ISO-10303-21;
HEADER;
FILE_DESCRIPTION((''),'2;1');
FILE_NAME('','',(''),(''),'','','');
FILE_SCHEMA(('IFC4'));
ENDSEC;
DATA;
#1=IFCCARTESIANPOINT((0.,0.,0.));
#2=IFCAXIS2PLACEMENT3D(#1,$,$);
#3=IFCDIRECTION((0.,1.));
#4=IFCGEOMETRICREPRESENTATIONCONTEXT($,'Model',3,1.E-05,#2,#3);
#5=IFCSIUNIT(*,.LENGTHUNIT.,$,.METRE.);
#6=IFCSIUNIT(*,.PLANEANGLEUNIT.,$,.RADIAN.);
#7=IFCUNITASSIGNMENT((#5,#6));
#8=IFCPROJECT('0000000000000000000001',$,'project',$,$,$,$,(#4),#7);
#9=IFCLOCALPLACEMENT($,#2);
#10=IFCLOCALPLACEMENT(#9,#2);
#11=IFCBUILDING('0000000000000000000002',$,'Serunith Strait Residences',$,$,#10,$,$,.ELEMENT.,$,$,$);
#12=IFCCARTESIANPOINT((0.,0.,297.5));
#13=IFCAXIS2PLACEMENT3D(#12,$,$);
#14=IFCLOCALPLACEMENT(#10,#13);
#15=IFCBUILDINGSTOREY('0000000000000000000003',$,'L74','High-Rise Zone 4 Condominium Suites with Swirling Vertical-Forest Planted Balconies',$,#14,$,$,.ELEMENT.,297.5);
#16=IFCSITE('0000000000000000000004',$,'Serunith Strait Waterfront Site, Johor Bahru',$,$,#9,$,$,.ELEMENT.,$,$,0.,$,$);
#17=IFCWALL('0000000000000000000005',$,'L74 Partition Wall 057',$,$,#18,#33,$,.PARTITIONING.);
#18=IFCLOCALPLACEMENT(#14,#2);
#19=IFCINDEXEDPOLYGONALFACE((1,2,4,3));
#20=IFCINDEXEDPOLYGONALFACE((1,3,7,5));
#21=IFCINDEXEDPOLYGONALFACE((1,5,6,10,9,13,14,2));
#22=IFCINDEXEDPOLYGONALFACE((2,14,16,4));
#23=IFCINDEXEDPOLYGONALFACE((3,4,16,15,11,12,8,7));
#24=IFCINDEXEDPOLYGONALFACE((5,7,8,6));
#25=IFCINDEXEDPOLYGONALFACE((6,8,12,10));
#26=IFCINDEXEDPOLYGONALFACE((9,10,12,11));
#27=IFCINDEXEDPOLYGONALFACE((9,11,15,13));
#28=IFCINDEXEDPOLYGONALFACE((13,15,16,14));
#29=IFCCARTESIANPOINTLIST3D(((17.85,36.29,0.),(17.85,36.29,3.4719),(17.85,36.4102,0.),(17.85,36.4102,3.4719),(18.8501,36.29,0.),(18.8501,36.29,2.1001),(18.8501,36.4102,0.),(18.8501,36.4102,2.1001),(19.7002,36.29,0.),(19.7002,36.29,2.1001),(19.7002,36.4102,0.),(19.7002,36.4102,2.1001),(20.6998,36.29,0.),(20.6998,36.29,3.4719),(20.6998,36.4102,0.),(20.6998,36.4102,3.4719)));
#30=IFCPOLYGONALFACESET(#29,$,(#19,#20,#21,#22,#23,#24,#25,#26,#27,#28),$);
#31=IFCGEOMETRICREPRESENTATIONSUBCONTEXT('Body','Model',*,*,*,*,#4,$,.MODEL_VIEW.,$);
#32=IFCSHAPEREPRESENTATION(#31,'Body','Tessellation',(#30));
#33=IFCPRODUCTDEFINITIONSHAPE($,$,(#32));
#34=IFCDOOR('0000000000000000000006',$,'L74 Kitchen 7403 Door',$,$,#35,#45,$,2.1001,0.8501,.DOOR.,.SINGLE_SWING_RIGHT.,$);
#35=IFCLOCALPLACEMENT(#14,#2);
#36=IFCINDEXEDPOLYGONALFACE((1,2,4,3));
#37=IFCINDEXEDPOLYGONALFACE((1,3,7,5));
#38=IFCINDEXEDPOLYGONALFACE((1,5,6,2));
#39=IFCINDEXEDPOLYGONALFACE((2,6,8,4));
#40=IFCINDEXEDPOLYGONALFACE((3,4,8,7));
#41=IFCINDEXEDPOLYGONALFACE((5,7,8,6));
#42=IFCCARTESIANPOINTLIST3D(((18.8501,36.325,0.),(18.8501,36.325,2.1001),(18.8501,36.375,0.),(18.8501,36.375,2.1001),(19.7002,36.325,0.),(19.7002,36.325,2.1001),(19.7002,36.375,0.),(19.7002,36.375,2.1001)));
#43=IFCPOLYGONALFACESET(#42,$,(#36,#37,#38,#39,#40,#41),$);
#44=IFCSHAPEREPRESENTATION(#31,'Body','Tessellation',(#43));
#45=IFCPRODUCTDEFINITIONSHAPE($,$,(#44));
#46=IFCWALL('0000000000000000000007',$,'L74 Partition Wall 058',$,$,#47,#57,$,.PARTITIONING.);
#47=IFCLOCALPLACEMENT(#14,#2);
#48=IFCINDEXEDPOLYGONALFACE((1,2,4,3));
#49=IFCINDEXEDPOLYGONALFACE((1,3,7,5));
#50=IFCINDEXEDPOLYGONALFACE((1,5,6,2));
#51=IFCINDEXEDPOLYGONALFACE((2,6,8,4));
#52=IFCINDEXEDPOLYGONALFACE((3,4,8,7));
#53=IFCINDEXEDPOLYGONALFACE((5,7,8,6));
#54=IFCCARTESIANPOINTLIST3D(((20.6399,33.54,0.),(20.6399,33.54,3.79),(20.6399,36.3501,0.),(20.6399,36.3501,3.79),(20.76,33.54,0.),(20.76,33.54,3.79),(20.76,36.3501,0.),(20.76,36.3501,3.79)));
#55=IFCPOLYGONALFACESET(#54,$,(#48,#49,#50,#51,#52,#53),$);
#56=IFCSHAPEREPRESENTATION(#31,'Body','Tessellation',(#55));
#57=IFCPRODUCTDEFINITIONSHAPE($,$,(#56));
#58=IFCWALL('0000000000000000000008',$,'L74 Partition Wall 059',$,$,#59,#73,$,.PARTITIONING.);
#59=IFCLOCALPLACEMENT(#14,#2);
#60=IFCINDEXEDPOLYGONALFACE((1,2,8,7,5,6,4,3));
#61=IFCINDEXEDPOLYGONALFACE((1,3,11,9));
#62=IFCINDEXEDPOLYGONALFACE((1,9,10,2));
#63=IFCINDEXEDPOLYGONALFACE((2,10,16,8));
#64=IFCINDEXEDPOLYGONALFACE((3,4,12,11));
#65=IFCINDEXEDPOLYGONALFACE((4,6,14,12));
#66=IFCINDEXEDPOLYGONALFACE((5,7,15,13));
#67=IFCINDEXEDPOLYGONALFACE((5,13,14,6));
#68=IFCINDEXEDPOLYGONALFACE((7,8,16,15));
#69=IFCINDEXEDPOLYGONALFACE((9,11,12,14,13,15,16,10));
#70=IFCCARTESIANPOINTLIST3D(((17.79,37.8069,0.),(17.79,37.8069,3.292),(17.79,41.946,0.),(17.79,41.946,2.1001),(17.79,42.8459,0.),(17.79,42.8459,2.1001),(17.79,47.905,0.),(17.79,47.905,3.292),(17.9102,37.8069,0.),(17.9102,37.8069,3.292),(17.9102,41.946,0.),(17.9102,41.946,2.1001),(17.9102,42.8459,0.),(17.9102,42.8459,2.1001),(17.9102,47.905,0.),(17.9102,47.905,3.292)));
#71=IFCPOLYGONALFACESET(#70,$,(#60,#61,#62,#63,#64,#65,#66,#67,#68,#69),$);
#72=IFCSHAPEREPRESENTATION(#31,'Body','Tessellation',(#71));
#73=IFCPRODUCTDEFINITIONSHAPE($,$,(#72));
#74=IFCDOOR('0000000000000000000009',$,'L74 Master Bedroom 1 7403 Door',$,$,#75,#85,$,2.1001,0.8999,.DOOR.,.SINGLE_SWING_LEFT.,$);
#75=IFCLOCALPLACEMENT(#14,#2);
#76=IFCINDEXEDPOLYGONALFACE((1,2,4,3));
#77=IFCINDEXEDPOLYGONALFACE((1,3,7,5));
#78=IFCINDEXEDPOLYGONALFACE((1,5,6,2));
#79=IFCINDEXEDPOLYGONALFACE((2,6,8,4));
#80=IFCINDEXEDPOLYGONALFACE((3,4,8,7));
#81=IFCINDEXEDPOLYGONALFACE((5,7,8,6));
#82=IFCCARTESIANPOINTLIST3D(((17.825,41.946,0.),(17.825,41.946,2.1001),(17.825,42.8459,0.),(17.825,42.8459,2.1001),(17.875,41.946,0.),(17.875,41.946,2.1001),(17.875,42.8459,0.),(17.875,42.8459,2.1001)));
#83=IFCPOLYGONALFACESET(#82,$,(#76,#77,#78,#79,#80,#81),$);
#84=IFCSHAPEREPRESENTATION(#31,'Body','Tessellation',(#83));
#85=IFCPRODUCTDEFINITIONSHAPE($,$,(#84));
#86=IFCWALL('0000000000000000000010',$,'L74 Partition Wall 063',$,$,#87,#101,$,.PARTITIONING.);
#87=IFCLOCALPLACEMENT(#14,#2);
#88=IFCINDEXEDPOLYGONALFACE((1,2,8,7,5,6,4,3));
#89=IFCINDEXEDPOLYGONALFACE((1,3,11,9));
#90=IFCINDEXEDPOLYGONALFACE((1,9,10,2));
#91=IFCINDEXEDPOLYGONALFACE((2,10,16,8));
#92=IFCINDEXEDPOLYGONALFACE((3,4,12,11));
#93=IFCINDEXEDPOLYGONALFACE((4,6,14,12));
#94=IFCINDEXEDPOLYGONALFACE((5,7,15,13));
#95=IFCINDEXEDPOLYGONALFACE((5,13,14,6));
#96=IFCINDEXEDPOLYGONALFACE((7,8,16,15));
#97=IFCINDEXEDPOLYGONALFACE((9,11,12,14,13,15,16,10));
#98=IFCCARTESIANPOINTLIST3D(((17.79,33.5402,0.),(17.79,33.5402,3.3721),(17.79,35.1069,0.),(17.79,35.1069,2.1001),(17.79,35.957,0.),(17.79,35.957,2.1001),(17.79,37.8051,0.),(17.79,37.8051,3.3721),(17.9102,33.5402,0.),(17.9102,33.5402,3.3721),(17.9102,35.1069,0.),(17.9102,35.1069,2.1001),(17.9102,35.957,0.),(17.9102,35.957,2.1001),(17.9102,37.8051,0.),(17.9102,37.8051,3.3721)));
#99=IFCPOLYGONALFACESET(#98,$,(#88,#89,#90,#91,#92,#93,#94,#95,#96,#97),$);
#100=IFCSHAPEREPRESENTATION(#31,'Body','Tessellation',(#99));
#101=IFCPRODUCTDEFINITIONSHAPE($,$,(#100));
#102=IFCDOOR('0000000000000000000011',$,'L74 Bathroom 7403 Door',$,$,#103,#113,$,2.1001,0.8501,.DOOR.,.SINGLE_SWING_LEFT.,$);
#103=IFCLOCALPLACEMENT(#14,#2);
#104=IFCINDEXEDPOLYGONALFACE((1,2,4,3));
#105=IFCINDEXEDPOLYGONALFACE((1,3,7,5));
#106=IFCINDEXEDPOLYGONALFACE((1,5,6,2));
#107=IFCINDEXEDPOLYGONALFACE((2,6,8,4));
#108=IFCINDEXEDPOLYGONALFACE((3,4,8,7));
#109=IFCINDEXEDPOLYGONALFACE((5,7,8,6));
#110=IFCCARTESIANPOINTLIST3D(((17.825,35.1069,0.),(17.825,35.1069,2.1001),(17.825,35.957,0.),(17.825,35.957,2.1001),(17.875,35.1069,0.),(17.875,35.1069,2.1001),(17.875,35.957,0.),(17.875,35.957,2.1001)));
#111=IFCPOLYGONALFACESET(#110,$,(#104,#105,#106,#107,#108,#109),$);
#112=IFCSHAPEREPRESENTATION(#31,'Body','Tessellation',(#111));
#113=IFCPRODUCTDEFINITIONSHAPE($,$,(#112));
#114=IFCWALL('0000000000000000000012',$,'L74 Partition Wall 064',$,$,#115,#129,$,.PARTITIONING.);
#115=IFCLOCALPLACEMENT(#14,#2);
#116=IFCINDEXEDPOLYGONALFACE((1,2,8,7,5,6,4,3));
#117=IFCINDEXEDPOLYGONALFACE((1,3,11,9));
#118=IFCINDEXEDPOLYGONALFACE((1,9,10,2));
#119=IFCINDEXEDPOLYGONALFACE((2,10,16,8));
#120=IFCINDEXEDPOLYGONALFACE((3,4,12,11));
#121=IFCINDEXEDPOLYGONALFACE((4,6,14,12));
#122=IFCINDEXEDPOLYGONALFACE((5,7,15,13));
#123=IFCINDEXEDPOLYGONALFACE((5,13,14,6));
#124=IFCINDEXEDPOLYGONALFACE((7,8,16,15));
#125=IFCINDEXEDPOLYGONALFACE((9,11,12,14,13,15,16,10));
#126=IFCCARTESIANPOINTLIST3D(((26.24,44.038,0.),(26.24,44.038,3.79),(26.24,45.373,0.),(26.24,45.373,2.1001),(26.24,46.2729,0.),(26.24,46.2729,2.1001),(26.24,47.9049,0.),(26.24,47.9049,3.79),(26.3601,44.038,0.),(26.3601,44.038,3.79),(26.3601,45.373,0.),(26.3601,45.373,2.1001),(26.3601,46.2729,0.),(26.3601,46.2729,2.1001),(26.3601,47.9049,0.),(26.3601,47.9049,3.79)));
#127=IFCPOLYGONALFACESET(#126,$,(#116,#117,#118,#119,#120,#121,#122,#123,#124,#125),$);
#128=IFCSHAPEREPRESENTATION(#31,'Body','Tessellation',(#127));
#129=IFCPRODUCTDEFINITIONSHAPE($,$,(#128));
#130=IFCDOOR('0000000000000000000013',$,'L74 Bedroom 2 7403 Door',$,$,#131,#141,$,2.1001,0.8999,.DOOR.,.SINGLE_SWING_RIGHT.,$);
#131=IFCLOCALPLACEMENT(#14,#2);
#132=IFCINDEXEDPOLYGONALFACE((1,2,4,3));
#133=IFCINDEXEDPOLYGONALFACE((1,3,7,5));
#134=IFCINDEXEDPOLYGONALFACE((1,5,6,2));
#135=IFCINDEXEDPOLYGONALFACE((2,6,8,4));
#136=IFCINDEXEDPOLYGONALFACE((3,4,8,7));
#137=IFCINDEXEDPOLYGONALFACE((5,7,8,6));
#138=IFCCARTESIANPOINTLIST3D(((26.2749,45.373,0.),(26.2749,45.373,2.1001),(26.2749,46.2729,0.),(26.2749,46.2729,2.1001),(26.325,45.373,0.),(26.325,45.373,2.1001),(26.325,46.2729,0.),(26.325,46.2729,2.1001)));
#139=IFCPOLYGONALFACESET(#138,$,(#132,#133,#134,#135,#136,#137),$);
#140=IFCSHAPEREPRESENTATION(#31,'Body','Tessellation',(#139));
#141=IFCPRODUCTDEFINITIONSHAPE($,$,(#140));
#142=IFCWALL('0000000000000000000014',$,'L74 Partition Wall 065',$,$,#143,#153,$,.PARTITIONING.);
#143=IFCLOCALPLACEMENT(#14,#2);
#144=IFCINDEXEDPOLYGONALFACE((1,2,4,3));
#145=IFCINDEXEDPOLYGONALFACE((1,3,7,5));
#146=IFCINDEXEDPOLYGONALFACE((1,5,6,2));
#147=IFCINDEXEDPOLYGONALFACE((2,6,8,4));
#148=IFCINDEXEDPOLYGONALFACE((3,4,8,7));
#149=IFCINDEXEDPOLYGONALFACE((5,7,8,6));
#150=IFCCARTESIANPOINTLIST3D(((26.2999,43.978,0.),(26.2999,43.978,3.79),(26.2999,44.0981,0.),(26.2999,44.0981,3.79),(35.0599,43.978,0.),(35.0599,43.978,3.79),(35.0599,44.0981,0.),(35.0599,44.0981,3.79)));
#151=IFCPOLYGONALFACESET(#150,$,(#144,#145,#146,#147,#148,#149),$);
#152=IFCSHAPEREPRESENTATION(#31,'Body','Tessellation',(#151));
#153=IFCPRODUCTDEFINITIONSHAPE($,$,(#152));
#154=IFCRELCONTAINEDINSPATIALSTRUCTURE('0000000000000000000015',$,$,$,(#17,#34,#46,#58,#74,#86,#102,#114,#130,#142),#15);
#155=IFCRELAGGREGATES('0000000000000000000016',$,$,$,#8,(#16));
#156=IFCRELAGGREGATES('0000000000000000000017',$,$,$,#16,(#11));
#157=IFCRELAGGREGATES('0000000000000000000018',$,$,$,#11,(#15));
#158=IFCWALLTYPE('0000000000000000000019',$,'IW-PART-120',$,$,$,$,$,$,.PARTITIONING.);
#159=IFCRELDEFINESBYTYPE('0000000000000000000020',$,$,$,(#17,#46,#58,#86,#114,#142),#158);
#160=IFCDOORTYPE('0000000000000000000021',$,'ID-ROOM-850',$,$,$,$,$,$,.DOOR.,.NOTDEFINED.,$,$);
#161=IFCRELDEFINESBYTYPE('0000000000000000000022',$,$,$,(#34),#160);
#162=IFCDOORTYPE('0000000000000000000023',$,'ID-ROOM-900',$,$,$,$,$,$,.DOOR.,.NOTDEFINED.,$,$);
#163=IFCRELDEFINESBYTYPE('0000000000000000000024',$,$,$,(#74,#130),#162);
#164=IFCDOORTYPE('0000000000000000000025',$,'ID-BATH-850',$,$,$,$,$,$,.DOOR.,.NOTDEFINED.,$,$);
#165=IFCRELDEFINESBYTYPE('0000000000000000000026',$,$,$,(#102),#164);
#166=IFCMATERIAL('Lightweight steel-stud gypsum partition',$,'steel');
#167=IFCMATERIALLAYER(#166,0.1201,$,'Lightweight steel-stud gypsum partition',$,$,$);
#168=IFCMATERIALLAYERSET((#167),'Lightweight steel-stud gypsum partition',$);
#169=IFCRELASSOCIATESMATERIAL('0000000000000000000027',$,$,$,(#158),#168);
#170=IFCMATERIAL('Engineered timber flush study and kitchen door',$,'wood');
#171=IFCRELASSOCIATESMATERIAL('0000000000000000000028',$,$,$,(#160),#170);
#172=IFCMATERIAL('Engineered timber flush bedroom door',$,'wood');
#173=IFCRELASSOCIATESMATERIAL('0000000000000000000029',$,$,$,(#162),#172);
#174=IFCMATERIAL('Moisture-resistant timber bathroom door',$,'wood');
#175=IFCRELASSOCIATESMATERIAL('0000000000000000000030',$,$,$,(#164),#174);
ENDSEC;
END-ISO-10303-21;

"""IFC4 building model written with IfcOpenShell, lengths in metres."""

from ifc_helpers import new_model, si_unit, direction, frame, frame_2d, origin, place, context, subcontext, project, spatial, rectangle, extrude, source, transform, mapped, material, layer, layer_set, type_object, element, fill, save


model = new_model("IFC4")

# Units and contexts
model_context = context("Model", 3, precision=1e-05, world=origin(), true_north=direction((0.0, 1.0)))
body_context = subcontext(model_context, "Body", "Model", "MODEL_VIEW")
ifc_project = project(units=[si_unit("LENGTHUNIT", "METRE"), si_unit("PLANEANGLEUNIT", "RADIAN")], contexts=[model_context])

# Site, building, storey
site_placement = place(None, origin())
site = spatial("IfcSite", under=ifc_project, at=site_placement, Name="Serunith Strait Waterfront Site, Johor Bahru", CompositionType="ELEMENT", RefElevation=0.0)
building_placement = place(site_placement, origin())
building = spatial("IfcBuilding", under=site, at=building_placement, Name="Serunith Strait Residences", CompositionType="ELEMENT")
storey_placement = place(building_placement, frame((0.0, 0.0, 297.5)))
storey = spatial("IfcBuildingStorey", under=building, at=storey_placement, Name="L74", Description="High-Rise Zone 4 Condominium Suites with Swirling Vertical-Forest Planted Balconies", CompositionType="ELEMENT", Elevation=297.5)

# Wall, opening, door
ifc_material_1 = material(Name="Lightweight steel-stud gypsum partition", Category="steel")
ifc_layer_1 = layer(ifc_material_1, 0.1201, Name="Lightweight steel-stud gypsum partition")
ifc_layer_set_1 = layer_set([ifc_layer_1], Name="Lightweight steel-stud gypsum partition")
wall_type = type_object("IfcWallType", Name="IW-PART-120", PredefinedType="PARTITIONING", material=ifc_layer_set_1)
wall_1_placement = place(storey_placement, frame((17.8501, 36.3501, 0.0), z_axis=(0.0, 0.0, 1.0), x_axis=(1.0, 0.0, 0.0)))
wall_1 = element("IfcWall", 1, at=wall_1_placement, inside=storey, type_object=wall_type, Name="L74 Partition Wall 057", PredefinedType="PARTITIONING", context=body_context, shape_type="SweptSolid", body=[
    extrude(rectangle(XDim=2.8499, YDim=0.1201, at=frame_2d((1.4248, 0.0))), origin(), (0.0, 0.0, 1.0), 3.4719),
])
opening_1_placement = place(wall_1_placement, frame((1.0, 0.0, 0.0)))
opening_1 = element("IfcOpeningElement", 2, at=opening_1_placement, cuts=wall_1, PredefinedType="OPENING", context=body_context, shape_type="SweptSolid", body=[
    extrude(rectangle(XDim=0.8501, YDim=2.1001, at=frame_2d((0.425, 1.05))), frame((0.0, 0.0701, 0.0), z_axis=(0.0, -1.0, 0.0), x_axis=(1.0, 0.0, 0.0)), (0.0, 0.0, 1.0), 0.1401),
])
ifc_material_2 = material(Name="Engineered timber flush study and kitchen door", Category="wood")
door_type_1 = type_object("IfcDoorType", Name="ID-ROOM-850", OperationType="NOTDEFINED", PredefinedType="DOOR", material=ifc_material_2)
shared_shape_1 = source(origin(), body_context, "Body", "SweptSolid", [
    extrude(rectangle(XDim=0.8501, YDim=2.1001, at=frame_2d((0.425, 1.05))), frame((0.0, 0.0249, 0.0), z_axis=(0.0, -1.0, 0.0), x_axis=(1.0, 0.0, 0.0)), (0.0, 0.0, 1.0), 0.05),
])
door_1_placement = place(opening_1_placement, origin())
door_1 = element("IfcDoor", 3, at=door_1_placement, inside=storey, type_object=door_type_1, Name="L74 Kitchen 7403 Door", OperationType="SINGLE_SWING_RIGHT", OverallHeight=2.1001, OverallWidth=0.8501, PredefinedType="DOOR", context=body_context, shape_type="MappedRepresentation", body=[
    mapped(shared_shape_1, transform((0.0, 0.0, 0.0), scale=1.0)),
])
fill(opening_1, door_1)

# Wall
wall_2_placement = place(storey_placement, frame((20.7, 36.3501, 0.0), z_axis=(0.0, 0.0, 1.0), x_axis=(0.0, -1.0, 0.0)))
element("IfcWall", 4, at=wall_2_placement, inside=storey, type_object=wall_type, Name="L74 Partition Wall 058", PredefinedType="PARTITIONING", context=body_context, shape_type="SweptSolid", body=[
    extrude(rectangle(XDim=2.8101, YDim=0.1201, at=frame_2d((1.405, 0.0))), origin(), (0.0, 0.0, 1.0), 3.79),
])

# Walls, openings, doors
wall_3_placement = place(storey_placement, frame((17.8501, 47.905, 0.0), z_axis=(0.0, 0.0, 1.0), x_axis=(0.0, -1.0, 0.0)))
wall_3 = element("IfcWall", 5, at=wall_3_placement, inside=storey, type_object=wall_type, Name="L74 Partition Wall 059", PredefinedType="PARTITIONING", context=body_context, shape_type="SweptSolid", body=[
    extrude(rectangle(XDim=10.0981, YDim=0.1201, at=frame_2d((5.0491, 0.0))), origin(), (0.0, 0.0, 1.0), 3.292),
])
opening_2_placement = place(wall_3_placement, frame((5.0591, 0.0, 0.0)))
opening_2 = element("IfcOpeningElement", 6, at=opening_2_placement, cuts=wall_3, PredefinedType="OPENING", context=body_context, shape_type="SweptSolid", body=[
    extrude(rectangle(XDim=0.8999, YDim=2.1001, at=frame_2d((0.45, 1.05))), frame((0.0, 0.0701, 0.0), z_axis=(0.0, -1.0, 0.0), x_axis=(1.0, 0.0, 0.0)), (0.0, 0.0, 1.0), 0.1401),
])
ifc_material_3 = material(Name="Engineered timber flush bedroom door", Category="wood")
door_type_2 = type_object("IfcDoorType", Name="ID-ROOM-900", OperationType="NOTDEFINED", PredefinedType="DOOR", material=ifc_material_3)
shared_shape_2 = source(origin(), body_context, "Body", "SweptSolid", [
    extrude(rectangle(XDim=0.8999, YDim=2.1001, at=frame_2d((0.45, 1.05))), frame((0.0, 0.0249, 0.0), z_axis=(0.0, -1.0, 0.0), x_axis=(1.0, 0.0, 0.0)), (0.0, 0.0, 1.0), 0.05),
])
door_2_placement = place(opening_2_placement, origin())
door_2 = element("IfcDoor", 7, at=door_2_placement, inside=storey, type_object=door_type_2, Name="L74 Master Bedroom 1 7403 Door", OperationType="SINGLE_SWING_LEFT", OverallHeight=2.1001, OverallWidth=0.8999, PredefinedType="DOOR", context=body_context, shape_type="MappedRepresentation", body=[
    mapped(shared_shape_2, transform((0.0, 0.0, 0.0), scale=1.0)),
])
fill(opening_2, door_2)
wall_4_placement = place(storey_placement, frame((17.8501, 37.8049, 0.0), z_axis=(0.0, 0.0, 1.0), x_axis=(0.0, -1.0, 0.0)))
wall_4 = element("IfcWall", 8, at=wall_4_placement, inside=storey, type_object=wall_type, Name="L74 Partition Wall 063", PredefinedType="PARTITIONING", context=body_context, shape_type="SweptSolid", body=[
    extrude(rectangle(XDim=4.2649, YDim=0.1201, at=frame_2d((2.1323, 0.0))), origin(), (0.0, 0.0, 1.0), 3.3721),
])
opening_3_placement = place(wall_4_placement, frame((1.8479, 0.0, 0.0)))
opening_3 = element("IfcOpeningElement", 9, at=opening_3_placement, cuts=wall_4, PredefinedType="OPENING", context=body_context, shape_type="SweptSolid", body=[
    extrude(rectangle(XDim=0.8501, YDim=2.1001, at=frame_2d((0.425, 1.05))), frame((0.0, 0.0701, 0.0), z_axis=(0.0, -1.0, 0.0), x_axis=(1.0, 0.0, 0.0)), (0.0, 0.0, 1.0), 0.1401),
])
ifc_material_4 = material(Name="Moisture-resistant timber bathroom door", Category="wood")
door_type_3 = type_object("IfcDoorType", Name="ID-BATH-850", OperationType="NOTDEFINED", PredefinedType="DOOR", material=ifc_material_4)
door_3_placement = place(opening_3_placement, origin())
door_3 = element("IfcDoor", 10, at=door_3_placement, inside=storey, type_object=door_type_3, Name="L74 Bathroom 7403 Door", OperationType="SINGLE_SWING_LEFT", OverallHeight=2.1001, OverallWidth=0.8501, PredefinedType="DOOR", context=body_context, shape_type="MappedRepresentation", body=[
    mapped(shared_shape_1, transform((0.0, 0.0, 0.0), scale=1.0)),
])
fill(opening_3, door_3)
wall_5_placement = place(storey_placement, frame((26.3, 47.905, 0.0), z_axis=(0.0, 0.0, 1.0), x_axis=(0.0, -1.0, 0.0)))
wall_5 = element("IfcWall", 11, at=wall_5_placement, inside=storey, type_object=wall_type, Name="L74 Partition Wall 064", PredefinedType="PARTITIONING", context=body_context, shape_type="SweptSolid", body=[
    extrude(rectangle(XDim=3.8669, YDim=0.1201, at=frame_2d((1.9336, 0.0))), origin(), (0.0, 0.0, 1.0), 3.79),
])
opening_4_placement = place(wall_5_placement, frame((1.6321, 0.0, 0.0)))
opening_4 = element("IfcOpeningElement", 12, at=opening_4_placement, cuts=wall_5, PredefinedType="OPENING", context=body_context, shape_type="SweptSolid", body=[
    extrude(rectangle(XDim=0.8999, YDim=2.1001, at=frame_2d((0.45, 1.05))), frame((0.0, 0.0701, 0.0), z_axis=(0.0, -1.0, 0.0), x_axis=(1.0, 0.0, 0.0)), (0.0, 0.0, 1.0), 0.1401),
])
door_4_placement = place(opening_4_placement, origin())
door_4 = element("IfcDoor", 13, at=door_4_placement, inside=storey, type_object=door_type_2, Name="L74 Bedroom 2 7403 Door", OperationType="SINGLE_SWING_RIGHT", OverallHeight=2.1001, OverallWidth=0.8999, PredefinedType="DOOR", context=body_context, shape_type="MappedRepresentation", body=[
    mapped(shared_shape_2, transform((0.0, 0.0, 0.0), scale=1.0)),
])
fill(opening_4, door_4)

# Wall
wall_6_placement = place(storey_placement, frame((26.3, 44.0381, 0.0), z_axis=(0.0, 0.0, 1.0), x_axis=(1.0, 0.0, 0.0)))
element("IfcWall", 14, at=wall_6_placement, inside=storey, type_object=wall_type, Name="L74 Partition Wall 065", PredefinedType="PARTITIONING", context=body_context, shape_type="SweptSolid", body=[
    extrude(rectangle(XDim=8.76, YDim=0.1201, at=frame_2d((4.3799, 0.0))), origin(), (0.0, 0.0, 1.0), 3.79),
])

save(model, "model.ifc")
